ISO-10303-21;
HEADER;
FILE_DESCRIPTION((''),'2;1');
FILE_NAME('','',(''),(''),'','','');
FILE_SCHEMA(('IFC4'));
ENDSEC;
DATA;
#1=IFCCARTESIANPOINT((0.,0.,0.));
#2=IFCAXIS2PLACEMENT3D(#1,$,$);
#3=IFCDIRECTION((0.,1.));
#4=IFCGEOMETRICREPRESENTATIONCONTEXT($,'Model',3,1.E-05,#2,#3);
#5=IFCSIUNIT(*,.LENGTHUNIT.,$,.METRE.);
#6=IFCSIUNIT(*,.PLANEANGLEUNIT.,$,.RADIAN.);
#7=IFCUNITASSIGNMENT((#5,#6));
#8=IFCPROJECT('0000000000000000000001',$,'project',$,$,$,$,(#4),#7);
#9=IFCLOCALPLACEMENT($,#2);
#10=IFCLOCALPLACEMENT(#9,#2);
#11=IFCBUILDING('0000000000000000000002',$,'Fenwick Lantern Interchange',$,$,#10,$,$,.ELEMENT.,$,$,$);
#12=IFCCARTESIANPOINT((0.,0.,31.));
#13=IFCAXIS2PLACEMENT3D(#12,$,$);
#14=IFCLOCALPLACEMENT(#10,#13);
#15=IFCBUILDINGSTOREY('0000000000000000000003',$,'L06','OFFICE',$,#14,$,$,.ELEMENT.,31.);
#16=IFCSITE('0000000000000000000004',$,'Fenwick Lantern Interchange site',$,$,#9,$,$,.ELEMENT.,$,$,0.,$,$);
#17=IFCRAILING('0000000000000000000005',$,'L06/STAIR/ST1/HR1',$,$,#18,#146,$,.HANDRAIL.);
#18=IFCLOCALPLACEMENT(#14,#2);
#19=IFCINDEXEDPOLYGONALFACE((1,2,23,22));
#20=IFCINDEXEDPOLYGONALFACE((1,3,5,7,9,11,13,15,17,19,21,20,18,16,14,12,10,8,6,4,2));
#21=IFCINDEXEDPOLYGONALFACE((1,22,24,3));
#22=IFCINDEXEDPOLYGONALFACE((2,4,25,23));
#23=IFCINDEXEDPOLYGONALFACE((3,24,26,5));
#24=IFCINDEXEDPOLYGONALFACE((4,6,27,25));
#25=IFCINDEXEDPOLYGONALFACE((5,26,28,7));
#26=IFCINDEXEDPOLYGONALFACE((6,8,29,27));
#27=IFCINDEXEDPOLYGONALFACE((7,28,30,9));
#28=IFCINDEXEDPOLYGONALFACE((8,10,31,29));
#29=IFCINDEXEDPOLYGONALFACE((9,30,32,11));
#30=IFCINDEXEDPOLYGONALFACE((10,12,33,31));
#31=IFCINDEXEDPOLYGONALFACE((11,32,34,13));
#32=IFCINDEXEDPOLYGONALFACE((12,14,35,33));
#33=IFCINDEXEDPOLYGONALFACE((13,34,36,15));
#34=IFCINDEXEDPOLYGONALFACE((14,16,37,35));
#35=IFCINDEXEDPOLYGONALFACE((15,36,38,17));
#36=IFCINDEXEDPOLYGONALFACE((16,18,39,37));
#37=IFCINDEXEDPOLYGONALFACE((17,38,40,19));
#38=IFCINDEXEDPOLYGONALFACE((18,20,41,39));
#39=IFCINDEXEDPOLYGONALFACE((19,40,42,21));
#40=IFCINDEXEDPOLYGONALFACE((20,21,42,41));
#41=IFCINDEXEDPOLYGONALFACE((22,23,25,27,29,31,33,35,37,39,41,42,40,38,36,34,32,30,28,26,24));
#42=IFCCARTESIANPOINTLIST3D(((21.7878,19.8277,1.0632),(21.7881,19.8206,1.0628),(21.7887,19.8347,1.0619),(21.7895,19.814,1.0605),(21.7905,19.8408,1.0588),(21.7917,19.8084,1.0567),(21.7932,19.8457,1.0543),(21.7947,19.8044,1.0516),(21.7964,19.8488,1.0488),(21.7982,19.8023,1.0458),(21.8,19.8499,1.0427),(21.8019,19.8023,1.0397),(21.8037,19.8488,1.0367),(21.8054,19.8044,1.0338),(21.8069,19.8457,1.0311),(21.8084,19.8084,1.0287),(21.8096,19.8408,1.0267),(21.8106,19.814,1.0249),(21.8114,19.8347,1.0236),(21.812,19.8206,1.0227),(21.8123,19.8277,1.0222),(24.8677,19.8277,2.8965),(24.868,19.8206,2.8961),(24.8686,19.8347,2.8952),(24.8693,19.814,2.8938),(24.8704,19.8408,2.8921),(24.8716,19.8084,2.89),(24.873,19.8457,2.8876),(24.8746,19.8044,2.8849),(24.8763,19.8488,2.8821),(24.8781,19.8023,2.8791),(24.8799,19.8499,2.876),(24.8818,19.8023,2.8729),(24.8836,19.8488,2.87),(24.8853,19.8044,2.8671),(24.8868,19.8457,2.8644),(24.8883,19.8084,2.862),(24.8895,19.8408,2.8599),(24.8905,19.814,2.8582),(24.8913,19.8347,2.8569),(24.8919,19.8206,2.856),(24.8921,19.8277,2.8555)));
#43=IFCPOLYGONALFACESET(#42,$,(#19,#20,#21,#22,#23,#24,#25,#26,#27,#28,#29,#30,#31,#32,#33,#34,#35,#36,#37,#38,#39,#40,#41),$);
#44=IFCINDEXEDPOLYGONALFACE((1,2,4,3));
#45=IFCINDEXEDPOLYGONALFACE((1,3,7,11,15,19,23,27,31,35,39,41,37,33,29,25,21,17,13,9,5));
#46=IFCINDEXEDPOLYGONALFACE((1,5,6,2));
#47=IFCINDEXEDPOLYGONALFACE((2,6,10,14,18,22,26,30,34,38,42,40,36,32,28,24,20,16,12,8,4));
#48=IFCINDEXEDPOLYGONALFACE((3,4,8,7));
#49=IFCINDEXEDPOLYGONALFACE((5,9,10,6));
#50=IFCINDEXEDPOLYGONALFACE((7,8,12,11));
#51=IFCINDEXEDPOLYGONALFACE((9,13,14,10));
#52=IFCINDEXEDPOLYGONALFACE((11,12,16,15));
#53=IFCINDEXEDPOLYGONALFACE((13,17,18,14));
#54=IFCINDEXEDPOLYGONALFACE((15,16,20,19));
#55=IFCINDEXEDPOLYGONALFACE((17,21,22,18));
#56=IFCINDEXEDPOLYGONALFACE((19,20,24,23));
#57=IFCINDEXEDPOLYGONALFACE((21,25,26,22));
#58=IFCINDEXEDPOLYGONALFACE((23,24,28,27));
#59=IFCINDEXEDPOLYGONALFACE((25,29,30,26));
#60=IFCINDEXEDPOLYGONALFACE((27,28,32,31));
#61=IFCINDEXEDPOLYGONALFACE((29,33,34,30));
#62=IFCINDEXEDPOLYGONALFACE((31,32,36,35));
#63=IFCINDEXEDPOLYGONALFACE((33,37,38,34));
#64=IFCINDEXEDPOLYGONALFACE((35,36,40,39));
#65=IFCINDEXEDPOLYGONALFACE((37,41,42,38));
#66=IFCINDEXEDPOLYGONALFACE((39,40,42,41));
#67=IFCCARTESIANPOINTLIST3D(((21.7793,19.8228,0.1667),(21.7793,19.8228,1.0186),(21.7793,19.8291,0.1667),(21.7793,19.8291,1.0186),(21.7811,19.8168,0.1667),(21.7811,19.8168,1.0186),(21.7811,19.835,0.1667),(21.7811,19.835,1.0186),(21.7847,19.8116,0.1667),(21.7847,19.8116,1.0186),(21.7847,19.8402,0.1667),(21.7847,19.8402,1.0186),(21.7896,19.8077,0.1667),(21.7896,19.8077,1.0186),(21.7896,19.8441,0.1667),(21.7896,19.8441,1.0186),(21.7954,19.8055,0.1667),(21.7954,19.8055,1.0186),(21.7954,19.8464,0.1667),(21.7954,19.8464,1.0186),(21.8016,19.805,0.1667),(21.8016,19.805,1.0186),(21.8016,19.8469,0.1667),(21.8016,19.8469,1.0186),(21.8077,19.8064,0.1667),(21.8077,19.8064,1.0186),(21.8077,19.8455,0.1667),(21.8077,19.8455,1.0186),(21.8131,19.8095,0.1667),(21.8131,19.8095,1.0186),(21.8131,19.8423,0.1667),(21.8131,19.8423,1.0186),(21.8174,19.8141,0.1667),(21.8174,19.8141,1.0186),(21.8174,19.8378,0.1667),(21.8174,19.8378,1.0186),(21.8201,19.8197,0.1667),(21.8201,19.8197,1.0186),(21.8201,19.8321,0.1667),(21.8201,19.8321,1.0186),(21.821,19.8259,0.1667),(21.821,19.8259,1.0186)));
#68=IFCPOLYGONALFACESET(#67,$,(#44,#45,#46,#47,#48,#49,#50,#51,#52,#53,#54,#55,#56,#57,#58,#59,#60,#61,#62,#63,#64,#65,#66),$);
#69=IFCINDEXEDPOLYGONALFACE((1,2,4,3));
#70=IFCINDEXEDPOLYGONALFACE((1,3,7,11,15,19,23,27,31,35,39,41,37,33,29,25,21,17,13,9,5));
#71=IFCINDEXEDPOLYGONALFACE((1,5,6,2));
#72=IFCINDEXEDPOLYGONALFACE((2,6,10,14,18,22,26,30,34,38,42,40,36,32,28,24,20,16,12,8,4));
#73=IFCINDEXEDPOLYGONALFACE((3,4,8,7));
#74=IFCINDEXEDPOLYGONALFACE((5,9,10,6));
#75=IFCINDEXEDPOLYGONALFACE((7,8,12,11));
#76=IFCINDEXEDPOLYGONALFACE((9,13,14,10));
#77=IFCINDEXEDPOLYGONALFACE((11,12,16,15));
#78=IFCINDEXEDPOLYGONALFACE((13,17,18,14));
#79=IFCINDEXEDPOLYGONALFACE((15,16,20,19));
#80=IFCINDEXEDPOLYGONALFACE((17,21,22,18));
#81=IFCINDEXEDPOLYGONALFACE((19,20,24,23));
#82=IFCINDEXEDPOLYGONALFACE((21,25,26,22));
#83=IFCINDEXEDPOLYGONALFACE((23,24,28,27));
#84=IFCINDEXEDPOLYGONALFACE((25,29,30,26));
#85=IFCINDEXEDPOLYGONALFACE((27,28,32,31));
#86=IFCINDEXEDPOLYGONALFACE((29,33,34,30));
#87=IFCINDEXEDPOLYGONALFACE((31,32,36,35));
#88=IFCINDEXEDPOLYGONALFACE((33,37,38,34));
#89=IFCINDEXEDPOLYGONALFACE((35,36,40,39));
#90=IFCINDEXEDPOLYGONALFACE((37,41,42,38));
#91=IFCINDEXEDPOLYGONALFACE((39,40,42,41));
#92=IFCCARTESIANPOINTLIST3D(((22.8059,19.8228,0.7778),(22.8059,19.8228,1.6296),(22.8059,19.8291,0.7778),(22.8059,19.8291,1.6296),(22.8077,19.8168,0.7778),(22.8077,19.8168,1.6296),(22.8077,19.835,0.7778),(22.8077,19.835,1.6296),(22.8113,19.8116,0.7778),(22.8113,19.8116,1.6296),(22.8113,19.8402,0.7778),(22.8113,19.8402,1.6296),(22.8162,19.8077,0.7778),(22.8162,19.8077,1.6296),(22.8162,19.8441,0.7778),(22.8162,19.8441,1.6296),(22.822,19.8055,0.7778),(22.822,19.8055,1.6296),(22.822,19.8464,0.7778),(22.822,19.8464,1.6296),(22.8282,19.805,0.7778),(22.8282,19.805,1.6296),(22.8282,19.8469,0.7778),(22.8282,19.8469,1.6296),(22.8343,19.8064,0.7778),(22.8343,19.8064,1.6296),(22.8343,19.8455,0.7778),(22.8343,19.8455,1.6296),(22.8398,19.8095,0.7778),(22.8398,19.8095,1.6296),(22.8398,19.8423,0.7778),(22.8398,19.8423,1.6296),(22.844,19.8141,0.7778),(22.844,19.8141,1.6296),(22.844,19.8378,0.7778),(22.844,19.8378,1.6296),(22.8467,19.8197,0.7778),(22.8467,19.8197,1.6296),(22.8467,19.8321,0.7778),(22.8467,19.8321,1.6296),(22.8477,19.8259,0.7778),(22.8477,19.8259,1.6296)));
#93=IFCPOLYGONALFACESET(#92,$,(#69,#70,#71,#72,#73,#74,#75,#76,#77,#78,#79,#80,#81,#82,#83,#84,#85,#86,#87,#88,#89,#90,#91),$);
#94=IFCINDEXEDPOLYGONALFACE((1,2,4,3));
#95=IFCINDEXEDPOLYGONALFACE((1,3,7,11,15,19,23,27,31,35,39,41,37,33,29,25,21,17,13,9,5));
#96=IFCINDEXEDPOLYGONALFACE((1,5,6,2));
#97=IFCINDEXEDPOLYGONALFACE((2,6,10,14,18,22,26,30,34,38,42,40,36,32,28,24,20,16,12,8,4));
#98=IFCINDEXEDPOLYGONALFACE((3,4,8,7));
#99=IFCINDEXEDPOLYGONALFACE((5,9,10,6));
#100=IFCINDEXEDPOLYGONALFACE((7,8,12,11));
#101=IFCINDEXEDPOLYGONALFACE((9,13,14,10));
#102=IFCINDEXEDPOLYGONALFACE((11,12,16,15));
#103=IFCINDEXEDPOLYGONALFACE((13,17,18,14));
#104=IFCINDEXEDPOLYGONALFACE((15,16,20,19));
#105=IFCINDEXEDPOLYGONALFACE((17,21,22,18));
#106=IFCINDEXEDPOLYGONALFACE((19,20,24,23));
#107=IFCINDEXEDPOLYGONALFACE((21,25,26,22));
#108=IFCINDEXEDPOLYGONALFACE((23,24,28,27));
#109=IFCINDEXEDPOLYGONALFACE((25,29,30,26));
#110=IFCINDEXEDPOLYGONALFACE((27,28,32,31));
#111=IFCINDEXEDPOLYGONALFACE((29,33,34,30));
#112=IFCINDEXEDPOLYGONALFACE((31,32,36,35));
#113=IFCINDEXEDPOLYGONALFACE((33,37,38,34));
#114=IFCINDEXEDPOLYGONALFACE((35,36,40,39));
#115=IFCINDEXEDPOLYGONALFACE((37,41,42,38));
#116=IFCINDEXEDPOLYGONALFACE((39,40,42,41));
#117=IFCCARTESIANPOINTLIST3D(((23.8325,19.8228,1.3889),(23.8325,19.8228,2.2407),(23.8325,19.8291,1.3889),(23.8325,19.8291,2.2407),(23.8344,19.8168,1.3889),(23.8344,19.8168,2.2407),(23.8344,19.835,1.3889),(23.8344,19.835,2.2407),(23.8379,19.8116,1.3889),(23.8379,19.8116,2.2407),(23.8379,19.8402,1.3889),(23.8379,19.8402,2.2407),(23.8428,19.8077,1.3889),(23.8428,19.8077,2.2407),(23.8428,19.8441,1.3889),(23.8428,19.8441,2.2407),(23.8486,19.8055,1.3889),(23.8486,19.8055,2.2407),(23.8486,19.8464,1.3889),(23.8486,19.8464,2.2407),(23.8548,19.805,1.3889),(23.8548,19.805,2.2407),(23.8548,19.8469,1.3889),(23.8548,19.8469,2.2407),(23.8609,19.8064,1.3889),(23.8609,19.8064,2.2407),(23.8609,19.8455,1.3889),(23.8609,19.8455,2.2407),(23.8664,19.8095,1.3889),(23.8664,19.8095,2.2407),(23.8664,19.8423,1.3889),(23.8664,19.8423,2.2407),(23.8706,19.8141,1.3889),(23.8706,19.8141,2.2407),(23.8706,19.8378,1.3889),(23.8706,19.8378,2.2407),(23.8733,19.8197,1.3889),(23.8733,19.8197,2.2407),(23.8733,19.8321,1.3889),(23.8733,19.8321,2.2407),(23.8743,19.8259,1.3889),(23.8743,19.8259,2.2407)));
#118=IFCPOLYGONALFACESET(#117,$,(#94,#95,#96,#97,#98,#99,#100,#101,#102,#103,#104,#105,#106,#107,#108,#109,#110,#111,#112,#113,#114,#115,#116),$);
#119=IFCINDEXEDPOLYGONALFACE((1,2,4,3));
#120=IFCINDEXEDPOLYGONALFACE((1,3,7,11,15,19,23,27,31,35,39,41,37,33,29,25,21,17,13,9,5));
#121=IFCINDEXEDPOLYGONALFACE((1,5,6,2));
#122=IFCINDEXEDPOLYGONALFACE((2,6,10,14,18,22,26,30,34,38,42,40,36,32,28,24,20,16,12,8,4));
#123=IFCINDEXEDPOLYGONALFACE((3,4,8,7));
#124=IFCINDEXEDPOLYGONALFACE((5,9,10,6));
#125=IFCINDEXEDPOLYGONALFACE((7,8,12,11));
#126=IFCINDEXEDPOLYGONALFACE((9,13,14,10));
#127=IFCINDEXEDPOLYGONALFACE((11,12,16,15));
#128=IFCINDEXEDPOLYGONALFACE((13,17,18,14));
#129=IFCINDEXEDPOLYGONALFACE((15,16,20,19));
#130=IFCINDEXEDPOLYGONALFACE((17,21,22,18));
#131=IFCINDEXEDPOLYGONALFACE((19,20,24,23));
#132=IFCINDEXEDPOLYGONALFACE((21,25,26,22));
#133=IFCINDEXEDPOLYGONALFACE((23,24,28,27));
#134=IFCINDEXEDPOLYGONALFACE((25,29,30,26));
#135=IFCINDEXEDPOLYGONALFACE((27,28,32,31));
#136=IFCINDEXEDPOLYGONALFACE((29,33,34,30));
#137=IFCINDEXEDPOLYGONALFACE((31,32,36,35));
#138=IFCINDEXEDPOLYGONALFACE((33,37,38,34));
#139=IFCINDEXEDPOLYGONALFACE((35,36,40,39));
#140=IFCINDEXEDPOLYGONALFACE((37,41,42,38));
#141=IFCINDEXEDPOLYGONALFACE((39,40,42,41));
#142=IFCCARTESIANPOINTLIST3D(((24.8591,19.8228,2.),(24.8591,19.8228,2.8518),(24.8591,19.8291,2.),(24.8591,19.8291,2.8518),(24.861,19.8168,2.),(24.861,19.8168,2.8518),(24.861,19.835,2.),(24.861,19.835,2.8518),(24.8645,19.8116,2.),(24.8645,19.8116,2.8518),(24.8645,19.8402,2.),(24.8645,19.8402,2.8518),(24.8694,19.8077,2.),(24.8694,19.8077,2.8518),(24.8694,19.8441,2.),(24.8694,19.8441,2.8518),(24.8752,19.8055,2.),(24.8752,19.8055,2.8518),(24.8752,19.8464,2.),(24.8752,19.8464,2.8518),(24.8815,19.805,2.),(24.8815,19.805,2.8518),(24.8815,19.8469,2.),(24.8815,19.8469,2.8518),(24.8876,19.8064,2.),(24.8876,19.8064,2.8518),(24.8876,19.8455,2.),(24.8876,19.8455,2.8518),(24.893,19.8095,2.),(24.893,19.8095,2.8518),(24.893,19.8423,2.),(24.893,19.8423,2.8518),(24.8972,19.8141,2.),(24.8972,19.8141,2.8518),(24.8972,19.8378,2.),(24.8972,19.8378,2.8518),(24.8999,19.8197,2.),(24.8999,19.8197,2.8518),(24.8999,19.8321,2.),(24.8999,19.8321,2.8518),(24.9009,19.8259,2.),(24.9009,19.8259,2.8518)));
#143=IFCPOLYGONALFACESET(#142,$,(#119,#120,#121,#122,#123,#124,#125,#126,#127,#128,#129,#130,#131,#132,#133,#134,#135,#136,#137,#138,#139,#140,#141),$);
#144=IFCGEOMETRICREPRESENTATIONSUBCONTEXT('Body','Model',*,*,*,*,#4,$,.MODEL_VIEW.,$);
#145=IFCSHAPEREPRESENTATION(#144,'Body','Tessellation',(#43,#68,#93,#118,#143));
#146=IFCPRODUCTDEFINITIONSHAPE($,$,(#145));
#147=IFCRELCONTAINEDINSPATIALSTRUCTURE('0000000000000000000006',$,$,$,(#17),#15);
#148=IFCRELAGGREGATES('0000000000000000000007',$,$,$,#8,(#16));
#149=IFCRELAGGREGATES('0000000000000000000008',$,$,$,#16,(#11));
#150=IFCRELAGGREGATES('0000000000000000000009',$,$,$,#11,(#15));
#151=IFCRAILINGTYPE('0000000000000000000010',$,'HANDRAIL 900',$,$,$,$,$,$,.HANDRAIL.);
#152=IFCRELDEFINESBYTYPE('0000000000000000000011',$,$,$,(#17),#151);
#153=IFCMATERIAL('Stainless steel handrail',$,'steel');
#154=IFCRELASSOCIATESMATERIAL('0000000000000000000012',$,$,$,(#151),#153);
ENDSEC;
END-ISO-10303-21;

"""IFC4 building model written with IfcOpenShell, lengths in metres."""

from ifc_helpers import new_model, si_unit, direction, frame, origin, origin_2d, place, context, subcontext, project, spatial, circle, extrude, material, type_object, element, save


model = new_model("IFC4")

# Units and contexts
model_context = context("Model", 3, precision=1e-05, world=origin(), true_north=direction((0.0, 1.0)))
body_context = subcontext(model_context, "Body", "Model", "MODEL_VIEW")
ifc_project = project(units=[si_unit("LENGTHUNIT", "METRE"), si_unit("PLANEANGLEUNIT", "RADIAN")], contexts=[model_context])

# Site, building, storey
site_placement = place(None, origin())
site = spatial("IfcSite", under=ifc_project, at=site_placement, Name="Fenwick Lantern Interchange site", CompositionType="ELEMENT", RefElevation=0.0)
building_placement = place(site_placement, origin())
building = spatial("IfcBuilding", under=site, at=building_placement, Name="Fenwick Lantern Interchange", CompositionType="ELEMENT")
storey_placement = place(building_placement, frame((0.0, 0.0, 31.0)))
storey = spatial("IfcBuildingStorey", under=building, at=storey_placement, Name="L06", Description="OFFICE", CompositionType="ELEMENT", Elevation=31.0)

# Railing
ifc_material_1 = material(Name="Stainless steel handrail", Category="steel")
railing_type = type_object("IfcRailingType", Name="HANDRAIL 900", PredefinedType="HANDRAIL", material=ifc_material_1)
railing_1_placement = place(storey_placement, frame((21.8, 19.8259, 0.1667)))
element("IfcRailing", 1, at=railing_1_placement, inside=storey, type_object=railing_type, Name="L06/STAIR/ST1/HR1", PredefinedType="HANDRAIL", context=body_context, shape_type="SweptSolid", body=[
    extrude(circle(Radius=0.0239, at=origin_2d()), frame((0.0, 0.0, 0.876), z_axis=(0.859291, 0.0, 0.511487), x_axis=(0.0, 1.0, 0.0)), (0.0, 0.0, 1.0), 3.5842),
    extrude(circle(Radius=0.021, at=origin_2d()), origin(), (0.0, 0.0, 1.0), 0.8518),
    extrude(circle(Radius=0.021, at=origin_2d()), frame((1.0266, 0.0, 0.6111)), (0.0, 0.0, 1.0), 0.8518),
    extrude(circle(Radius=0.021, at=origin_2d()), frame((2.0532, 0.0, 1.2222)), (0.0, 0.0, 1.0), 0.8518),
    extrude(circle(Radius=0.021, at=origin_2d()), frame((3.0798, 0.0, 1.8333)), (0.0, 0.0, 1.0), 0.8518),
])

save(model, "model.ifc")
